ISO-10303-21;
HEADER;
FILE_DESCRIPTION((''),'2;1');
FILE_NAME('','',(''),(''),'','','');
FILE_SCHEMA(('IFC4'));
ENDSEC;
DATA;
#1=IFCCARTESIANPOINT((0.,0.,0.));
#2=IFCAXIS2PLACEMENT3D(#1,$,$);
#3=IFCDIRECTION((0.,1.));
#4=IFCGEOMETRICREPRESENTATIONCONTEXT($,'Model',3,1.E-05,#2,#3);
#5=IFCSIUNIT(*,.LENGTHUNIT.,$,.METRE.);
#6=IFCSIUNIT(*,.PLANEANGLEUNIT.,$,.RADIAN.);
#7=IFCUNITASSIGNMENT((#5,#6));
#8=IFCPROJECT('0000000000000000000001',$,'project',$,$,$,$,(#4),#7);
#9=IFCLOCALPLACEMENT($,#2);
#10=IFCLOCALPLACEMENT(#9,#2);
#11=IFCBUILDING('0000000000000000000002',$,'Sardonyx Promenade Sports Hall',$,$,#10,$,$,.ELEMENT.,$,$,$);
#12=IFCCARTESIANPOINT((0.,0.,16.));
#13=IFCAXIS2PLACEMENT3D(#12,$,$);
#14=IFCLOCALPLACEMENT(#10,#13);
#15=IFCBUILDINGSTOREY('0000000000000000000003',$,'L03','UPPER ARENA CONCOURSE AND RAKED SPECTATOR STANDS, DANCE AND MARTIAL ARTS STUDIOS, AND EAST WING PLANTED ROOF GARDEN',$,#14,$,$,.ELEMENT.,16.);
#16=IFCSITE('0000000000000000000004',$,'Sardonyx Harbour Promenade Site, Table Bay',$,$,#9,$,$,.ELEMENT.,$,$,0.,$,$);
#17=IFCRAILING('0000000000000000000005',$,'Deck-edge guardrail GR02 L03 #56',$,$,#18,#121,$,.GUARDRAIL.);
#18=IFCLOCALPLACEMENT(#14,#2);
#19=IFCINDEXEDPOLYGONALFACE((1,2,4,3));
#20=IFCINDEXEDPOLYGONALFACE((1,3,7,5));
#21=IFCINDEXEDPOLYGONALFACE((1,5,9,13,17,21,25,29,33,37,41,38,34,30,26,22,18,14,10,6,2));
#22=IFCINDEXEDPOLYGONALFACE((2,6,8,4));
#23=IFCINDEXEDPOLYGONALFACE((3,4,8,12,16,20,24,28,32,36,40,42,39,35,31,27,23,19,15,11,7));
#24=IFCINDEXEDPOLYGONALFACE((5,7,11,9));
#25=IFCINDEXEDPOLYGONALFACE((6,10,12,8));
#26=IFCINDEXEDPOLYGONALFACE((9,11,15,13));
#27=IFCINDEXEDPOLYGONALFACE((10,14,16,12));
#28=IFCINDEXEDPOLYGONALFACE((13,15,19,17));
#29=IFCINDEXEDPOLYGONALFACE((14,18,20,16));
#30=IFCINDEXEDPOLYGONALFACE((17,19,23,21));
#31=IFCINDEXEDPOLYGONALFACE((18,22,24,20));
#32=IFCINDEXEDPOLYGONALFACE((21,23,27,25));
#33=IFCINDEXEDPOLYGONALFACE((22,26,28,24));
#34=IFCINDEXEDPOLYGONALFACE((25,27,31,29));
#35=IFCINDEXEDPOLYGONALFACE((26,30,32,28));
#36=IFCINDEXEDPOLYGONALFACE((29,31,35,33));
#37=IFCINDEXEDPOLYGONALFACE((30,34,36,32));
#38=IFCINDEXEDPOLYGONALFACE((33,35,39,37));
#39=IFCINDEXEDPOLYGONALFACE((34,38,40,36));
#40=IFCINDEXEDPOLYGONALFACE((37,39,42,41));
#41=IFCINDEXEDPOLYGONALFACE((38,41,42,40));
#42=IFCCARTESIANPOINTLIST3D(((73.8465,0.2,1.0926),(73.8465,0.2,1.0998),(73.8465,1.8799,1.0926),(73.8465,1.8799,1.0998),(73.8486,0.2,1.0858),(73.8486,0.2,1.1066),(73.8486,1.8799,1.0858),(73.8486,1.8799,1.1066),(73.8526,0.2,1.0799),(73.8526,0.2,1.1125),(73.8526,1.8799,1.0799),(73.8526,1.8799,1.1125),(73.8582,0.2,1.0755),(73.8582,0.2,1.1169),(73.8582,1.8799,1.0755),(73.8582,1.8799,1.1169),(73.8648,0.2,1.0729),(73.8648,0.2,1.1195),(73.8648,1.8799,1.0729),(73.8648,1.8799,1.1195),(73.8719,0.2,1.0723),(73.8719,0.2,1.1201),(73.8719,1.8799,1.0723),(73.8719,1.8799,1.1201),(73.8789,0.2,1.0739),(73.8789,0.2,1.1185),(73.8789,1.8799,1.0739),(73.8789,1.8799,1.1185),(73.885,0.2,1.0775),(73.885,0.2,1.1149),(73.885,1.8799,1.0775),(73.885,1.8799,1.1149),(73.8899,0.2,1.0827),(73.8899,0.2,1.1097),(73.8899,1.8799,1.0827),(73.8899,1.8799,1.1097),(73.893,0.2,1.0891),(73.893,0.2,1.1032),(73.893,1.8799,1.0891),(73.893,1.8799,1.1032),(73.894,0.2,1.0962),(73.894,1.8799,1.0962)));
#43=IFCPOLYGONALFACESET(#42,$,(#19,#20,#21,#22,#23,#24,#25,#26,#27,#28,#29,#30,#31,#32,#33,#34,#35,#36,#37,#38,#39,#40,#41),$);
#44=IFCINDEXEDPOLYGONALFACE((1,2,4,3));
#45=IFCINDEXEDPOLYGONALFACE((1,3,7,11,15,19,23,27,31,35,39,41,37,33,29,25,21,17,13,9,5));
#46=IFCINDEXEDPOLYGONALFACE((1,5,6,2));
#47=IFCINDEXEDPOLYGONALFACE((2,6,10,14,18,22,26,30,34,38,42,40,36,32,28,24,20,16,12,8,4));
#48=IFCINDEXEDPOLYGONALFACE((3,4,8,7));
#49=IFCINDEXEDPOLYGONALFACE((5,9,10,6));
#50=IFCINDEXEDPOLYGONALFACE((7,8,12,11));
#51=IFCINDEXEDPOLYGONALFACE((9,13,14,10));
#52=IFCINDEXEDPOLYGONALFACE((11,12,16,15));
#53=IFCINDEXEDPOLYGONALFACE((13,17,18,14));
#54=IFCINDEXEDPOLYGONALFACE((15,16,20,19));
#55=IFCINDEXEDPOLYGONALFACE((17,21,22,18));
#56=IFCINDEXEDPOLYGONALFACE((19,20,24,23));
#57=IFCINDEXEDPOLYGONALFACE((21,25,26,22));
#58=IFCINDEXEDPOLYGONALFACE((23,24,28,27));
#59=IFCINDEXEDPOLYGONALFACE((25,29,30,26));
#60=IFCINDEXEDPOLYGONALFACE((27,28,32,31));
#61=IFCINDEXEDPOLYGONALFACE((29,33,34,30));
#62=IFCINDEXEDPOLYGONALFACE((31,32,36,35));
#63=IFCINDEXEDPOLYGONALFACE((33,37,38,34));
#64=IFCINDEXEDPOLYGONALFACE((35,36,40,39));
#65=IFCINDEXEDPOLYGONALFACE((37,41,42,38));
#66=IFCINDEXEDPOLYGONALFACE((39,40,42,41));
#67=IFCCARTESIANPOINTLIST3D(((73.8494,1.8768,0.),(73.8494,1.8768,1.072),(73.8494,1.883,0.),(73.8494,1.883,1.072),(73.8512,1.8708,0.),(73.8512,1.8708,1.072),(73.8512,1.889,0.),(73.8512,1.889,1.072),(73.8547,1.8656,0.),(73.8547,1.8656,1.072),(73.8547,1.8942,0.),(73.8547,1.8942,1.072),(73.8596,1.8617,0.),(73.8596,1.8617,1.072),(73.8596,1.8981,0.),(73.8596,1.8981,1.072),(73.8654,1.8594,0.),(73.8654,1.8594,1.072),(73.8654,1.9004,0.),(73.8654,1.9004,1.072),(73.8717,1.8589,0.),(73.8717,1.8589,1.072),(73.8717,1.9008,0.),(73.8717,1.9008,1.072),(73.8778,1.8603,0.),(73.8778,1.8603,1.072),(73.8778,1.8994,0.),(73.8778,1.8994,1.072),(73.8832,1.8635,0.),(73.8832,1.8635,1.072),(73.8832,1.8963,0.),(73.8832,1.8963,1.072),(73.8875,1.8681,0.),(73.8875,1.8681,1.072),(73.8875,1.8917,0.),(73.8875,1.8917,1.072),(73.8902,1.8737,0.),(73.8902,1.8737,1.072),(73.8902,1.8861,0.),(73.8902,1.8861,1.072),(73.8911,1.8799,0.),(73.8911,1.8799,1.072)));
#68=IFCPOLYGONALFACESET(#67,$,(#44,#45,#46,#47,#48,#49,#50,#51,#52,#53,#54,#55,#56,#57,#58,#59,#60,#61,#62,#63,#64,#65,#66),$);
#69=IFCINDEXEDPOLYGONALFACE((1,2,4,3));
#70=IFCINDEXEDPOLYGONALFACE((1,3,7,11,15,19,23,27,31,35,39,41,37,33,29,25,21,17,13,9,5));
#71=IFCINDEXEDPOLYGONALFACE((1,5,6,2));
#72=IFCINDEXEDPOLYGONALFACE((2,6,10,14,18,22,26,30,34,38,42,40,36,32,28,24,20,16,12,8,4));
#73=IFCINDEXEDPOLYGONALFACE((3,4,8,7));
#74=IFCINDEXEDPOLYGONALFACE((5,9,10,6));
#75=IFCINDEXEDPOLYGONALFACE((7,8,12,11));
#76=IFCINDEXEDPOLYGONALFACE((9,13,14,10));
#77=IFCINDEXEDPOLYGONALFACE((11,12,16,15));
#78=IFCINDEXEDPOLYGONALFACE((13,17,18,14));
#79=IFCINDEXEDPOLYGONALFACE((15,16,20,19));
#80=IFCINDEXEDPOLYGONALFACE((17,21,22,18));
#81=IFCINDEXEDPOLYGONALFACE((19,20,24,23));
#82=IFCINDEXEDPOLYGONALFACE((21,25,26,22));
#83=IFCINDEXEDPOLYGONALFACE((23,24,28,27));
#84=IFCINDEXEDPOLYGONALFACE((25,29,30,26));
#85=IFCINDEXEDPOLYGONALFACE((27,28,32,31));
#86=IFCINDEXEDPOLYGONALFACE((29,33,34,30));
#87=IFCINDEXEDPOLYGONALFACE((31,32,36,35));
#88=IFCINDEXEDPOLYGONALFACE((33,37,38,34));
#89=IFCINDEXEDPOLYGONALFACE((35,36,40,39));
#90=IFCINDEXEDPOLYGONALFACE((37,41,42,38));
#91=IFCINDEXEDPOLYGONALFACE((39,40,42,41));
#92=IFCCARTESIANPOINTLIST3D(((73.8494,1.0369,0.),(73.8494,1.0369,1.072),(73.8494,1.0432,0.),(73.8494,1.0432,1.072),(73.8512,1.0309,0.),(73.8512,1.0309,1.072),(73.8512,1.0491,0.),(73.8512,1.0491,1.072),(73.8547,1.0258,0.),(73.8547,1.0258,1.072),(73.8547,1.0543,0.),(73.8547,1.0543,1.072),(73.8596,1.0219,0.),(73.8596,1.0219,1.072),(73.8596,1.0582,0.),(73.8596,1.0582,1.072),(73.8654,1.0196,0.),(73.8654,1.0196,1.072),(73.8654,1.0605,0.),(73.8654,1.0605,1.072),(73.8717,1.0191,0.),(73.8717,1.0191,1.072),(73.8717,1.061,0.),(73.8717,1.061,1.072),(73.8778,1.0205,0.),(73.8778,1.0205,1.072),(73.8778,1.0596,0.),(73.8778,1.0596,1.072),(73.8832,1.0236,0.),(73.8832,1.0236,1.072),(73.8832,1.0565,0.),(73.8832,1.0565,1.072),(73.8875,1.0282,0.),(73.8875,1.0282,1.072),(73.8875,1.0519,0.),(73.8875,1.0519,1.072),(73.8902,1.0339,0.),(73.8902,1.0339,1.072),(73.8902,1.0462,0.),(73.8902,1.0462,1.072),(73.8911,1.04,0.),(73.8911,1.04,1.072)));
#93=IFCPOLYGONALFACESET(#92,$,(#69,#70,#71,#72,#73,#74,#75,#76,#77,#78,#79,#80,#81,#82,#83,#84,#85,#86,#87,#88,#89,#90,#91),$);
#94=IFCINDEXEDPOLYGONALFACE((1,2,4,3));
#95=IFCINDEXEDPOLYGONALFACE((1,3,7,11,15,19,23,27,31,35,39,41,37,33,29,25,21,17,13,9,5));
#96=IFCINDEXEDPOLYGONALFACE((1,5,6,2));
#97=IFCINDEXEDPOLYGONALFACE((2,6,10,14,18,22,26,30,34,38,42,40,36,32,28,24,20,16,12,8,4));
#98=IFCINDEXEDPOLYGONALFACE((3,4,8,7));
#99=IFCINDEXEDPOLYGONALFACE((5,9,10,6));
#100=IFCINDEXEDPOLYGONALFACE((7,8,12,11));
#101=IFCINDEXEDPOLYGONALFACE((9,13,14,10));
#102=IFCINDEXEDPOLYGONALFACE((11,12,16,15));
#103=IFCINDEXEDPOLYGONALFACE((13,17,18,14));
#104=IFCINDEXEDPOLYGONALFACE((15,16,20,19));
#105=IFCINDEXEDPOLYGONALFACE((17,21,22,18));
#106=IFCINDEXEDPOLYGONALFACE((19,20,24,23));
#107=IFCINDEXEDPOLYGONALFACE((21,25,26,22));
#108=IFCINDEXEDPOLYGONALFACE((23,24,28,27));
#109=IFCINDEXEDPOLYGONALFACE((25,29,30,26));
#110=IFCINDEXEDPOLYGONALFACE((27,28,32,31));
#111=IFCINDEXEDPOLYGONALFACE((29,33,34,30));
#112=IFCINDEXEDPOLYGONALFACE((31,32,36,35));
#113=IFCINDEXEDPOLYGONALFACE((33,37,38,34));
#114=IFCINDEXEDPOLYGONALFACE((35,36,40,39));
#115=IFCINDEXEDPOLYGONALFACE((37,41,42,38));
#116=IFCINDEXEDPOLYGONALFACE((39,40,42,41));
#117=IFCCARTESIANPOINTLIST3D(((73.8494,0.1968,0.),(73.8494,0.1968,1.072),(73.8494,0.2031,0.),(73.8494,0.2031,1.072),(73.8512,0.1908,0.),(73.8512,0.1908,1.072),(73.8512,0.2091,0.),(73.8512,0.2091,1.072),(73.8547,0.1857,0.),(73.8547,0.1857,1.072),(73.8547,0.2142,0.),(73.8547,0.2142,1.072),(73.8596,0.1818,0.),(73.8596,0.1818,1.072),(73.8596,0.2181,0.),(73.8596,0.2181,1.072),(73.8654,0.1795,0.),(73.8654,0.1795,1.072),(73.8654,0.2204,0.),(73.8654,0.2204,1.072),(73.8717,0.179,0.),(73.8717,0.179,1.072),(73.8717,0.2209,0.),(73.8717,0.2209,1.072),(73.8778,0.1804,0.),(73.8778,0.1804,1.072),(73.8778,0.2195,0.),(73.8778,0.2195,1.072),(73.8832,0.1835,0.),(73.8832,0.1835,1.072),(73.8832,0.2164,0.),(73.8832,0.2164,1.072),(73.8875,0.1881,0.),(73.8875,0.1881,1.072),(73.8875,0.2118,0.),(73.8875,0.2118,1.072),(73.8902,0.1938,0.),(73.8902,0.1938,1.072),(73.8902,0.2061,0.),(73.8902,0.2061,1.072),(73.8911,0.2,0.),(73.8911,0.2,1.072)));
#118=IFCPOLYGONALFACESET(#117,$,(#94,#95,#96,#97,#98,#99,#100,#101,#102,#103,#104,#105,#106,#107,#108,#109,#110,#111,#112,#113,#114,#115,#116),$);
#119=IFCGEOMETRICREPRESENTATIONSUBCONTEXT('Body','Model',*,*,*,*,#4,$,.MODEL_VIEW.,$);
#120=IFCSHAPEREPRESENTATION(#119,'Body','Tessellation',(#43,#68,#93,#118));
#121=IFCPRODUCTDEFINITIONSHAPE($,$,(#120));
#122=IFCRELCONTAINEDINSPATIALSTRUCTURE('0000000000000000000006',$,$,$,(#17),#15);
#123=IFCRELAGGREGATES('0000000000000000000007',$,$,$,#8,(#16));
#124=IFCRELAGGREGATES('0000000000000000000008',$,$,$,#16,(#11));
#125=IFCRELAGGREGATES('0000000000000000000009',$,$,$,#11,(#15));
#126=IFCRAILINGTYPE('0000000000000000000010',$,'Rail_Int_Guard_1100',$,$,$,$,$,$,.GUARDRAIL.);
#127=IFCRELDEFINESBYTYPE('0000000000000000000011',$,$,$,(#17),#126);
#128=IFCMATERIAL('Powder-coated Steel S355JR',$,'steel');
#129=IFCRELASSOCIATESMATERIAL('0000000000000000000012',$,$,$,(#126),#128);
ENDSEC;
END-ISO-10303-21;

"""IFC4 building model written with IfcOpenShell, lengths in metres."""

from ifc_helpers import new_model, si_unit, direction, frame, origin, origin_2d, place, context, subcontext, project, spatial, circle, extrude, material, type_object, element, save


model = new_model("IFC4")

# Units and contexts
model_context = context("Model", 3, precision=1e-05, world=origin(), true_north=direction((0.0, 1.0)))
body_context = subcontext(model_context, "Body", "Model", "MODEL_VIEW")
ifc_project = project(units=[si_unit("LENGTHUNIT", "METRE"), si_unit("PLANEANGLEUNIT", "RADIAN")], contexts=[model_context])

# Site, building, storey
site_placement = place(None, origin())
site = spatial("IfcSite", under=ifc_project, at=site_placement, Name="Sardonyx Harbour Promenade Site, Table Bay", CompositionType="ELEMENT", RefElevation=0.0)
building_placement = place(site_placement, origin())
building = spatial("IfcBuilding", under=site, at=building_placement, Name="Sardonyx Promenade Sports Hall", CompositionType="ELEMENT")
storey_placement = place(building_placement, frame((0.0, 0.0, 16.0)))
storey = spatial("IfcBuildingStorey", under=building, at=storey_placement, Name="L03", Description="UPPER ARENA CONCOURSE AND RAKED SPECTATOR STANDS, DANCE AND MARTIAL ARTS STUDIOS, AND EAST WING PLANTED ROOF GARDEN", CompositionType="ELEMENT", Elevation=16.0)

# Railing
ifc_material_1 = material(Name="Powder-coated Steel S355JR", Category="steel")
railing_type = type_object("IfcRailingType", Name="Rail_Int_Guard_1100", PredefinedType="GUARDRAIL", material=ifc_material_1)
railing_1_placement = place(storey_placement, frame((73.8701, 1.8799, 0.0)))
element("IfcRailing", 1, at=railing_1_placement, inside=storey, type_object=railing_type, Name="Deck-edge guardrail GR02 L03 #56", PredefinedType="GUARDRAIL", context=body_context, shape_type="SweptSolid", body=[
    extrude(circle(Radius=0.0239, at=origin_2d()), frame((0.0, 0.0, 1.0962), z_axis=(0.0, -1.0, 0.0), x_axis=(1.0, 0.0, 0.0)), (0.0, 0.0, 1.0), 1.6799),
    extrude(circle(Radius=0.021, at=origin_2d()), origin(), (0.0, 0.0, 1.0), 1.072),
    extrude(circle(Radius=0.021, at=origin_2d()), frame((0.0, -0.8398, 0.0)), (0.0, 0.0, 1.0), 1.072),
    extrude(circle(Radius=0.021, at=origin_2d()), frame((0.0, -1.6799, 0.0)), (0.0, 0.0, 1.0), 1.072),
])

save(model, "model.ifc")
